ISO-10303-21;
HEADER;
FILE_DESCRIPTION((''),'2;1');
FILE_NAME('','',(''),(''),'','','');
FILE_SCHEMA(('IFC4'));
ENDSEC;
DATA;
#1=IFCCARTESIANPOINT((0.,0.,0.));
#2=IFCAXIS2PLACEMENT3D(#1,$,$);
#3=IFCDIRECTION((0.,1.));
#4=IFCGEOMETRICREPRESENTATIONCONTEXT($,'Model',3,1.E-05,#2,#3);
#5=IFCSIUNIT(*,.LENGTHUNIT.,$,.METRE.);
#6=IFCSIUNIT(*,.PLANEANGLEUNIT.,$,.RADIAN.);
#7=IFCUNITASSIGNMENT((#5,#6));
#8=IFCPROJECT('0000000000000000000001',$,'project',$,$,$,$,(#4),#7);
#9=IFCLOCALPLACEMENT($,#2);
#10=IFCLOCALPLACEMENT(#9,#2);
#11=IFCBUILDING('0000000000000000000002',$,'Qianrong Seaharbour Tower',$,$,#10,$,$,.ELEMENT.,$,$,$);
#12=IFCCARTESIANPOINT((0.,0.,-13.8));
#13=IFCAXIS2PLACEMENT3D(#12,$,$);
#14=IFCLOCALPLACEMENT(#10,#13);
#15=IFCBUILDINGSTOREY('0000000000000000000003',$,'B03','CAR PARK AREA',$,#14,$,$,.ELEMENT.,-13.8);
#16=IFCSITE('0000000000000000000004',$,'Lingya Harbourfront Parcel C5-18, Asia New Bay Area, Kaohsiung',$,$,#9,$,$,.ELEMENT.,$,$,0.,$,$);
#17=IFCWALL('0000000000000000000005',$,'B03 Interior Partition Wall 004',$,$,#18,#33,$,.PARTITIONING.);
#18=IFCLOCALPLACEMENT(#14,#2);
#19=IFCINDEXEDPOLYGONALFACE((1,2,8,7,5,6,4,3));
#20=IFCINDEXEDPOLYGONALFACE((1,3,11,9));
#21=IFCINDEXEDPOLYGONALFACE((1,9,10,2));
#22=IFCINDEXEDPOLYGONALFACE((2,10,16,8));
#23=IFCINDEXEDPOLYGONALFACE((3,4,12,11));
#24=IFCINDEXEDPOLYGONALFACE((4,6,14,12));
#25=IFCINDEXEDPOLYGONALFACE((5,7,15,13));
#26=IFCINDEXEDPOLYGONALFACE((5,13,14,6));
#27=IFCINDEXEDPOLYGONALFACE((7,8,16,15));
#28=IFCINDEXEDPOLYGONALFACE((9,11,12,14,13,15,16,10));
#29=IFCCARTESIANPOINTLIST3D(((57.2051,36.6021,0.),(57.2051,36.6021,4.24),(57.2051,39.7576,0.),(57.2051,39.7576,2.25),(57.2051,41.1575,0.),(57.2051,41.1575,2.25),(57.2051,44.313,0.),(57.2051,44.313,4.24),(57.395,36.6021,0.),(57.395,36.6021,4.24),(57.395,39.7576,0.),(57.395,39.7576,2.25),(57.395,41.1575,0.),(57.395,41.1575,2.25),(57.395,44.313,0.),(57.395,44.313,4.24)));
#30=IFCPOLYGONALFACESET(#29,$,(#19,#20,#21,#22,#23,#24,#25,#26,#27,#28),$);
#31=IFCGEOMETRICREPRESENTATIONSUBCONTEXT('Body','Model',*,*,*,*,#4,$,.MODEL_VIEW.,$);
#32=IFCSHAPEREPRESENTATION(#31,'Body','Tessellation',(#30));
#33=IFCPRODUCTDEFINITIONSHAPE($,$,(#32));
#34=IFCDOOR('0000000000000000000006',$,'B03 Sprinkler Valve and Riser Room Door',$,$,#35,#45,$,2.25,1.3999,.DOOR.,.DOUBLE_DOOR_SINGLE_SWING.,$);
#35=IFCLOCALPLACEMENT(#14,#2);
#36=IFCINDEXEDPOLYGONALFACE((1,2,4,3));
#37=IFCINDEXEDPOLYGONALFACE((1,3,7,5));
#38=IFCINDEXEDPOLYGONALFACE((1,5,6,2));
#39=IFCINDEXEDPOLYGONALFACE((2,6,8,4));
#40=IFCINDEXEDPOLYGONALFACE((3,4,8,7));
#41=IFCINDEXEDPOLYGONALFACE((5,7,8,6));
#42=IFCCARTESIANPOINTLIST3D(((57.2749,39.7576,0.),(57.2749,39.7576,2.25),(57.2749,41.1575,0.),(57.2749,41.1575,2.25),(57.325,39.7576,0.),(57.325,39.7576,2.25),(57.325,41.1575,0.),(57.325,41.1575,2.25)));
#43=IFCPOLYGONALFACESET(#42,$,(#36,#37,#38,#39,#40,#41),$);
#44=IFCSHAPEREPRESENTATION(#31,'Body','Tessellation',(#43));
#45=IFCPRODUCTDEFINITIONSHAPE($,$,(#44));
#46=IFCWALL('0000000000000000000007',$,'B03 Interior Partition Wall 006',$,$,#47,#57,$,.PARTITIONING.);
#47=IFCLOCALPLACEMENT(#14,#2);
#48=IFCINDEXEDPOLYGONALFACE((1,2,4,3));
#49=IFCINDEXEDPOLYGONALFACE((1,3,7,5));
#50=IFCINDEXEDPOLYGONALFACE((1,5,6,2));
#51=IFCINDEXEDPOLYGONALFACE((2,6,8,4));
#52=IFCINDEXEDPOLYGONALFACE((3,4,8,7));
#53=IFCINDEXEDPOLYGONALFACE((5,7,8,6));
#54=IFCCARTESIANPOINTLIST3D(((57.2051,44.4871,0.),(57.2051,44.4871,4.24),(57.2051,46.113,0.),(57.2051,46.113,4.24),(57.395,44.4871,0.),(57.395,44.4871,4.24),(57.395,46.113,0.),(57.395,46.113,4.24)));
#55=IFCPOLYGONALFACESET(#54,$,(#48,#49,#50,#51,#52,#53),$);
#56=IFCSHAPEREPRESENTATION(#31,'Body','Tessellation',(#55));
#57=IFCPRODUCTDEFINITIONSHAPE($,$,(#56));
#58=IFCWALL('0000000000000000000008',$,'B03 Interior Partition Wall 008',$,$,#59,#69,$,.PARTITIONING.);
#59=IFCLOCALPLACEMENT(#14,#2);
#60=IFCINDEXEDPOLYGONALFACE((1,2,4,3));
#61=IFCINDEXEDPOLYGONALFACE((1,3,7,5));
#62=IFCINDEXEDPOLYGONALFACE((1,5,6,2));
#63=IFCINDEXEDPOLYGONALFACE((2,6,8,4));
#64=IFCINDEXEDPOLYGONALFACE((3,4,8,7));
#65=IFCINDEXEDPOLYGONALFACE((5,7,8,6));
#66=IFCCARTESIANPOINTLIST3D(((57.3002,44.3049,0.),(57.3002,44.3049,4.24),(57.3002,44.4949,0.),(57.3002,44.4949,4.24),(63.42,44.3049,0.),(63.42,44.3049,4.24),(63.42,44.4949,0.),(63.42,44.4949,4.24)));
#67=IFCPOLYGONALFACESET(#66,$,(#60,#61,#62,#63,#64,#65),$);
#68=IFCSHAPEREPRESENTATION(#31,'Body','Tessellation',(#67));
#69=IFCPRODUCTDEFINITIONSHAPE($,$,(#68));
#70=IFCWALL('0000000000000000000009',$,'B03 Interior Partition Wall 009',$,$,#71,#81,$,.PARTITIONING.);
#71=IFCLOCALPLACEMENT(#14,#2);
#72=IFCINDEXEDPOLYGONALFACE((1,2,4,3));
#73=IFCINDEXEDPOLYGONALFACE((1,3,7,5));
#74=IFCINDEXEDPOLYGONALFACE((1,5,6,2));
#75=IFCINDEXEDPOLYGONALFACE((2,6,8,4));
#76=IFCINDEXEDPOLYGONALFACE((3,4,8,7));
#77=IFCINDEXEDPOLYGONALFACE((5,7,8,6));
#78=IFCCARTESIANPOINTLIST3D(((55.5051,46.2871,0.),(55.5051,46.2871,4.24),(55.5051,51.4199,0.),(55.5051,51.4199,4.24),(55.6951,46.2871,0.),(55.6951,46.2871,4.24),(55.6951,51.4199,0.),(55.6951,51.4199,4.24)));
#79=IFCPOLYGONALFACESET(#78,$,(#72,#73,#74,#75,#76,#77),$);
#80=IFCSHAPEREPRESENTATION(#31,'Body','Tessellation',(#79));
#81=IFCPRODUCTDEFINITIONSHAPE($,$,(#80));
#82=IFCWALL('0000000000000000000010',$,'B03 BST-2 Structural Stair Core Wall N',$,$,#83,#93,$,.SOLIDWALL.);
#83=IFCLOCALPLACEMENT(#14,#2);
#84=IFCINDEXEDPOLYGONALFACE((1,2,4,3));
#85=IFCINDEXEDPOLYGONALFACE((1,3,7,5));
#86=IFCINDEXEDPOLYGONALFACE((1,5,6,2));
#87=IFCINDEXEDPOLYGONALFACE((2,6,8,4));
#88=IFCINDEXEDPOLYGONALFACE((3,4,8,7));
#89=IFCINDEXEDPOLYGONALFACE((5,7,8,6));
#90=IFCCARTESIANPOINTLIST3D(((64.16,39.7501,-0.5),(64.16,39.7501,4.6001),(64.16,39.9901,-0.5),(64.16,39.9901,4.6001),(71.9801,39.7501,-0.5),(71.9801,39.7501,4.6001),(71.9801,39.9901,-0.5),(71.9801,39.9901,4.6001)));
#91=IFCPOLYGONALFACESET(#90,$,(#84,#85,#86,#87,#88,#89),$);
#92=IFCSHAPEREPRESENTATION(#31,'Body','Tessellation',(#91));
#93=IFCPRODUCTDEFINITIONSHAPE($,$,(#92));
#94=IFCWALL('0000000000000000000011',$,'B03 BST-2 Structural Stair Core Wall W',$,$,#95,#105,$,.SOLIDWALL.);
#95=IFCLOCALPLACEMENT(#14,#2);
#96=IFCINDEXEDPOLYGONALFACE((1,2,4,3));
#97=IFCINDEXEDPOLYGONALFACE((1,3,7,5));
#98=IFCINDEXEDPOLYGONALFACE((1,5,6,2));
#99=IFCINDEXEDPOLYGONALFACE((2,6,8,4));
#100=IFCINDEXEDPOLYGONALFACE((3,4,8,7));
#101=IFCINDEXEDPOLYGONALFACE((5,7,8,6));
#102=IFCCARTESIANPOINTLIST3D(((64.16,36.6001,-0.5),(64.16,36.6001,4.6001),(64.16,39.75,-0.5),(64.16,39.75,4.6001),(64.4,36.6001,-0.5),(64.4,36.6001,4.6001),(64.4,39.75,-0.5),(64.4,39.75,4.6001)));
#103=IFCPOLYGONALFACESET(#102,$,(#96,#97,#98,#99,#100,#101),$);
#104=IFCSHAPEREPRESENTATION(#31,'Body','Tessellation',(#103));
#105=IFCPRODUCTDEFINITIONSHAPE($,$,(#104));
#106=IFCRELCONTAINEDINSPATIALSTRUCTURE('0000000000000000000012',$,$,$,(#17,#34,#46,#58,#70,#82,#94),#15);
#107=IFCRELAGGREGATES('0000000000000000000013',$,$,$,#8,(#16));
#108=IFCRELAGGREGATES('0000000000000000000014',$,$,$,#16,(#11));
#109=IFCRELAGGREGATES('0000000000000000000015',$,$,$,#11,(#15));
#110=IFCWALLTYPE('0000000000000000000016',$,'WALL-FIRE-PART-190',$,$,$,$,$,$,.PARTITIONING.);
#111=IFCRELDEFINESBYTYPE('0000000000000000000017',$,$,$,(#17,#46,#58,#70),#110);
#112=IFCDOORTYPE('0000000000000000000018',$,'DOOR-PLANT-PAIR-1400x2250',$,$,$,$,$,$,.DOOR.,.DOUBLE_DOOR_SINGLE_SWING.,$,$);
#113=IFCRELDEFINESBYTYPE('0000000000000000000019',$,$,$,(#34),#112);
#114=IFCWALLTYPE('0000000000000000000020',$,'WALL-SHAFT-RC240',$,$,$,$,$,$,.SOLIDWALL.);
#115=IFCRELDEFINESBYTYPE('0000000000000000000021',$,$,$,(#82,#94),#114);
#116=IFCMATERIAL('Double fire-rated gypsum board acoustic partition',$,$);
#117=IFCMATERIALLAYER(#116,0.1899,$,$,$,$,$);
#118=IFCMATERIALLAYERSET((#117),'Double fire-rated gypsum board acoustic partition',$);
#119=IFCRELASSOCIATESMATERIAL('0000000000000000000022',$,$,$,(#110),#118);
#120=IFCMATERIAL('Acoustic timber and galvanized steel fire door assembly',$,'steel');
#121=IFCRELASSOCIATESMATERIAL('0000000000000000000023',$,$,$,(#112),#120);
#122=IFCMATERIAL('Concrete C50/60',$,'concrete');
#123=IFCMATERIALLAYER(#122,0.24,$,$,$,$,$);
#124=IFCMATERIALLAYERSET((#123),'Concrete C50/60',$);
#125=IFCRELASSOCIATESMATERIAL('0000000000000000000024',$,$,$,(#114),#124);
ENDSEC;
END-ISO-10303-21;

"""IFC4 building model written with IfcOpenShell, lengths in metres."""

from ifc_helpers import new_model, si_unit, direction, frame, frame_2d, origin, place, context, subcontext, project, spatial, rectangle, extrude, material, layer, layer_set, type_object, element, fill, save


model = new_model("IFC4")

# Units and contexts
model_context = context("Model", 3, precision=1e-05, world=origin(), true_north=direction((0.0, 1.0)))
body_context = subcontext(model_context, "Body", "Model", "MODEL_VIEW")
ifc_project = project(units=[si_unit("LENGTHUNIT", "METRE"), si_unit("PLANEANGLEUNIT", "RADIAN")], contexts=[model_context])

# Site, building, storey
site_placement = place(None, origin())
site = spatial("IfcSite", under=ifc_project, at=site_placement, Name="Lingya Harbourfront Parcel C5-18, Asia New Bay Area, Kaohsiung", CompositionType="ELEMENT", RefElevation=0.0)
building_placement = place(site_placement, origin())
building = spatial("IfcBuilding", under=site, at=building_placement, Name="Qianrong Seaharbour Tower", CompositionType="ELEMENT")
storey_placement = place(building_placement, frame((0.0, 0.0, -13.8)))
storey = spatial("IfcBuildingStorey", under=building, at=storey_placement, Name="B03", Description="CAR PARK AREA", CompositionType="ELEMENT", Elevation=-13.8)

# Shared definitions
ifc_material_1 = material(Name="Concrete C50/60", Category="concrete")

# Wall, opening, door
ifc_material_2 = material(Name="Double fire-rated gypsum board acoustic partition")
ifc_layer_1 = layer(ifc_material_2, 0.1899)
ifc_layer_set_1 = layer_set([ifc_layer_1], Name="Double fire-rated gypsum board acoustic partition")
wall_type_1 = type_object("IfcWallType", Name="WALL-FIRE-PART-190", PredefinedType="PARTITIONING", material=ifc_layer_set_1)
wall_1_placement = place(storey_placement, frame((57.3, 44.313, 0.0), z_axis=(0.0, 0.0, 1.0), x_axis=(0.0, -1.0, 0.0)))
wall_1 = element("IfcWall", 1, at=wall_1_placement, inside=storey, type_object=wall_type_1, Name="B03 Interior Partition Wall 004", PredefinedType="PARTITIONING", context=body_context, shape_type="SweptSolid", body=[
    extrude(rectangle(XDim=7.7109, YDim=0.1899, at=frame_2d((3.8555, 0.0))), origin(), (0.0, 0.0, 1.0), 4.24),
])
opening_placement = place(wall_1_placement, frame((3.1555, 0.0, 0.0)))
opening = element("IfcOpeningElement", 2, at=opening_placement, cuts=wall_1, PredefinedType="OPENING", context=body_context, shape_type="SweptSolid", body=[
    extrude(rectangle(XDim=1.3999, YDim=2.25, at=frame_2d((0.7, 1.125))), frame((0.0, 0.105, 0.0), z_axis=(0.0, -1.0, 0.0), x_axis=(1.0, 0.0, 0.0)), (0.0, 0.0, 1.0), 0.21),
])
ifc_material_3 = material(Name="Acoustic timber and galvanized steel fire door assembly", Category="steel")
door_type = type_object("IfcDoorType", Name="DOOR-PLANT-PAIR-1400x2250", OperationType="DOUBLE_DOOR_SINGLE_SWING", PredefinedType="DOOR", material=ifc_material_3)
door_placement = place(opening_placement, origin())
door = element("IfcDoor", 3, at=door_placement, inside=storey, type_object=door_type, Name="B03 Sprinkler Valve and Riser Room Door", OperationType="DOUBLE_DOOR_SINGLE_SWING", OverallHeight=2.25, OverallWidth=1.3999, PredefinedType="DOOR", context=body_context, shape_type="SweptSolid", body=[
    extrude(rectangle(XDim=1.3999, YDim=2.25, at=frame_2d((0.7, 1.125))), frame((0.0, 0.0249, 0.0), z_axis=(0.0, -1.0, 0.0), x_axis=(1.0, 0.0, 0.0)), (0.0, 0.0, 1.0), 0.05),
])
fill(opening, door)

# Walls
wall_2_placement = place(storey_placement, frame((57.3, 46.113, 0.0), z_axis=(0.0, 0.0, 1.0), x_axis=(0.0, -1.0, 0.0)))
element("IfcWall", 4, at=wall_2_placement, inside=storey, type_object=wall_type_1, Name="B03 Interior Partition Wall 006", PredefinedType="PARTITIONING", context=body_context, shape_type="SweptSolid", body=[
    extrude(rectangle(XDim=1.626, YDim=0.1899, at=frame_2d((0.813, 0.0))), origin(), (0.0, 0.0, 1.0), 4.24),
])
wall_3_placement = place(storey_placement, frame((57.3, 44.3999, 0.0), z_axis=(0.0, 0.0, 1.0), x_axis=(1.0, 0.0, 0.0)))
element("IfcWall", 5, at=wall_3_placement, inside=storey, type_object=wall_type_1, Name="B03 Interior Partition Wall 008", PredefinedType="PARTITIONING", context=body_context, shape_type="SweptSolid", body=[
    extrude(rectangle(XDim=6.1199, YDim=0.1899, at=frame_2d((3.0601, 0.0))), origin(), (0.0, 0.0, 1.0), 4.24),
])
wall_4_placement = place(storey_placement, frame((55.6001, 46.2871, 0.0), z_axis=(0.0, 0.0, 1.0), x_axis=(0.0, 1.0, 0.0)))
element("IfcWall", 6, at=wall_4_placement, inside=storey, type_object=wall_type_1, Name="B03 Interior Partition Wall 009", PredefinedType="PARTITIONING", context=body_context, shape_type="SweptSolid", body=[
    extrude(rectangle(XDim=5.1328, YDim=0.1899, at=frame_2d((2.5664, 0.0))), origin(), (0.0, 0.0, 1.0), 4.24),
])
ifc_layer_2 = layer(ifc_material_1, 0.24)
ifc_layer_set_2 = layer_set([ifc_layer_2], Name="Concrete C50/60")
wall_type_2 = type_object("IfcWallType", Name="WALL-SHAFT-RC240", PredefinedType="SOLIDWALL", material=ifc_layer_set_2)
wall_5_placement = place(storey_placement, frame((64.1599, 39.8701, -0.5), z_axis=(0.0, 0.0, 1.0), x_axis=(1.0, 0.0, 0.0)))
element("IfcWall", 7, at=wall_5_placement, inside=storey, type_object=wall_type_2, Name="B03 BST-2 Structural Stair Core Wall N", PredefinedType="SOLIDWALL", context=body_context, shape_type="SweptSolid", body=[
    extrude(rectangle(XDim=7.8201, YDim=0.24, at=frame_2d((3.9102, 0.0))), origin(), (0.0, 0.0, 1.0), 5.1001),
])
wall_6_placement = place(storey_placement, frame((64.28, 39.75, -0.5), z_axis=(0.0, 0.0, 1.0), x_axis=(0.0, -1.0, 0.0)))
element("IfcWall", 8, at=wall_6_placement, inside=storey, type_object=wall_type_2, Name="B03 BST-2 Structural Stair Core Wall W", PredefinedType="SOLIDWALL", context=body_context, shape_type="SweptSolid", body=[
    extrude(rectangle(XDim=3.1499, YDim=0.24, at=frame_2d((1.575, 0.0))), origin(), (0.0, 0.0, 1.0), 5.1001),
])

save(model, "model.ifc")
